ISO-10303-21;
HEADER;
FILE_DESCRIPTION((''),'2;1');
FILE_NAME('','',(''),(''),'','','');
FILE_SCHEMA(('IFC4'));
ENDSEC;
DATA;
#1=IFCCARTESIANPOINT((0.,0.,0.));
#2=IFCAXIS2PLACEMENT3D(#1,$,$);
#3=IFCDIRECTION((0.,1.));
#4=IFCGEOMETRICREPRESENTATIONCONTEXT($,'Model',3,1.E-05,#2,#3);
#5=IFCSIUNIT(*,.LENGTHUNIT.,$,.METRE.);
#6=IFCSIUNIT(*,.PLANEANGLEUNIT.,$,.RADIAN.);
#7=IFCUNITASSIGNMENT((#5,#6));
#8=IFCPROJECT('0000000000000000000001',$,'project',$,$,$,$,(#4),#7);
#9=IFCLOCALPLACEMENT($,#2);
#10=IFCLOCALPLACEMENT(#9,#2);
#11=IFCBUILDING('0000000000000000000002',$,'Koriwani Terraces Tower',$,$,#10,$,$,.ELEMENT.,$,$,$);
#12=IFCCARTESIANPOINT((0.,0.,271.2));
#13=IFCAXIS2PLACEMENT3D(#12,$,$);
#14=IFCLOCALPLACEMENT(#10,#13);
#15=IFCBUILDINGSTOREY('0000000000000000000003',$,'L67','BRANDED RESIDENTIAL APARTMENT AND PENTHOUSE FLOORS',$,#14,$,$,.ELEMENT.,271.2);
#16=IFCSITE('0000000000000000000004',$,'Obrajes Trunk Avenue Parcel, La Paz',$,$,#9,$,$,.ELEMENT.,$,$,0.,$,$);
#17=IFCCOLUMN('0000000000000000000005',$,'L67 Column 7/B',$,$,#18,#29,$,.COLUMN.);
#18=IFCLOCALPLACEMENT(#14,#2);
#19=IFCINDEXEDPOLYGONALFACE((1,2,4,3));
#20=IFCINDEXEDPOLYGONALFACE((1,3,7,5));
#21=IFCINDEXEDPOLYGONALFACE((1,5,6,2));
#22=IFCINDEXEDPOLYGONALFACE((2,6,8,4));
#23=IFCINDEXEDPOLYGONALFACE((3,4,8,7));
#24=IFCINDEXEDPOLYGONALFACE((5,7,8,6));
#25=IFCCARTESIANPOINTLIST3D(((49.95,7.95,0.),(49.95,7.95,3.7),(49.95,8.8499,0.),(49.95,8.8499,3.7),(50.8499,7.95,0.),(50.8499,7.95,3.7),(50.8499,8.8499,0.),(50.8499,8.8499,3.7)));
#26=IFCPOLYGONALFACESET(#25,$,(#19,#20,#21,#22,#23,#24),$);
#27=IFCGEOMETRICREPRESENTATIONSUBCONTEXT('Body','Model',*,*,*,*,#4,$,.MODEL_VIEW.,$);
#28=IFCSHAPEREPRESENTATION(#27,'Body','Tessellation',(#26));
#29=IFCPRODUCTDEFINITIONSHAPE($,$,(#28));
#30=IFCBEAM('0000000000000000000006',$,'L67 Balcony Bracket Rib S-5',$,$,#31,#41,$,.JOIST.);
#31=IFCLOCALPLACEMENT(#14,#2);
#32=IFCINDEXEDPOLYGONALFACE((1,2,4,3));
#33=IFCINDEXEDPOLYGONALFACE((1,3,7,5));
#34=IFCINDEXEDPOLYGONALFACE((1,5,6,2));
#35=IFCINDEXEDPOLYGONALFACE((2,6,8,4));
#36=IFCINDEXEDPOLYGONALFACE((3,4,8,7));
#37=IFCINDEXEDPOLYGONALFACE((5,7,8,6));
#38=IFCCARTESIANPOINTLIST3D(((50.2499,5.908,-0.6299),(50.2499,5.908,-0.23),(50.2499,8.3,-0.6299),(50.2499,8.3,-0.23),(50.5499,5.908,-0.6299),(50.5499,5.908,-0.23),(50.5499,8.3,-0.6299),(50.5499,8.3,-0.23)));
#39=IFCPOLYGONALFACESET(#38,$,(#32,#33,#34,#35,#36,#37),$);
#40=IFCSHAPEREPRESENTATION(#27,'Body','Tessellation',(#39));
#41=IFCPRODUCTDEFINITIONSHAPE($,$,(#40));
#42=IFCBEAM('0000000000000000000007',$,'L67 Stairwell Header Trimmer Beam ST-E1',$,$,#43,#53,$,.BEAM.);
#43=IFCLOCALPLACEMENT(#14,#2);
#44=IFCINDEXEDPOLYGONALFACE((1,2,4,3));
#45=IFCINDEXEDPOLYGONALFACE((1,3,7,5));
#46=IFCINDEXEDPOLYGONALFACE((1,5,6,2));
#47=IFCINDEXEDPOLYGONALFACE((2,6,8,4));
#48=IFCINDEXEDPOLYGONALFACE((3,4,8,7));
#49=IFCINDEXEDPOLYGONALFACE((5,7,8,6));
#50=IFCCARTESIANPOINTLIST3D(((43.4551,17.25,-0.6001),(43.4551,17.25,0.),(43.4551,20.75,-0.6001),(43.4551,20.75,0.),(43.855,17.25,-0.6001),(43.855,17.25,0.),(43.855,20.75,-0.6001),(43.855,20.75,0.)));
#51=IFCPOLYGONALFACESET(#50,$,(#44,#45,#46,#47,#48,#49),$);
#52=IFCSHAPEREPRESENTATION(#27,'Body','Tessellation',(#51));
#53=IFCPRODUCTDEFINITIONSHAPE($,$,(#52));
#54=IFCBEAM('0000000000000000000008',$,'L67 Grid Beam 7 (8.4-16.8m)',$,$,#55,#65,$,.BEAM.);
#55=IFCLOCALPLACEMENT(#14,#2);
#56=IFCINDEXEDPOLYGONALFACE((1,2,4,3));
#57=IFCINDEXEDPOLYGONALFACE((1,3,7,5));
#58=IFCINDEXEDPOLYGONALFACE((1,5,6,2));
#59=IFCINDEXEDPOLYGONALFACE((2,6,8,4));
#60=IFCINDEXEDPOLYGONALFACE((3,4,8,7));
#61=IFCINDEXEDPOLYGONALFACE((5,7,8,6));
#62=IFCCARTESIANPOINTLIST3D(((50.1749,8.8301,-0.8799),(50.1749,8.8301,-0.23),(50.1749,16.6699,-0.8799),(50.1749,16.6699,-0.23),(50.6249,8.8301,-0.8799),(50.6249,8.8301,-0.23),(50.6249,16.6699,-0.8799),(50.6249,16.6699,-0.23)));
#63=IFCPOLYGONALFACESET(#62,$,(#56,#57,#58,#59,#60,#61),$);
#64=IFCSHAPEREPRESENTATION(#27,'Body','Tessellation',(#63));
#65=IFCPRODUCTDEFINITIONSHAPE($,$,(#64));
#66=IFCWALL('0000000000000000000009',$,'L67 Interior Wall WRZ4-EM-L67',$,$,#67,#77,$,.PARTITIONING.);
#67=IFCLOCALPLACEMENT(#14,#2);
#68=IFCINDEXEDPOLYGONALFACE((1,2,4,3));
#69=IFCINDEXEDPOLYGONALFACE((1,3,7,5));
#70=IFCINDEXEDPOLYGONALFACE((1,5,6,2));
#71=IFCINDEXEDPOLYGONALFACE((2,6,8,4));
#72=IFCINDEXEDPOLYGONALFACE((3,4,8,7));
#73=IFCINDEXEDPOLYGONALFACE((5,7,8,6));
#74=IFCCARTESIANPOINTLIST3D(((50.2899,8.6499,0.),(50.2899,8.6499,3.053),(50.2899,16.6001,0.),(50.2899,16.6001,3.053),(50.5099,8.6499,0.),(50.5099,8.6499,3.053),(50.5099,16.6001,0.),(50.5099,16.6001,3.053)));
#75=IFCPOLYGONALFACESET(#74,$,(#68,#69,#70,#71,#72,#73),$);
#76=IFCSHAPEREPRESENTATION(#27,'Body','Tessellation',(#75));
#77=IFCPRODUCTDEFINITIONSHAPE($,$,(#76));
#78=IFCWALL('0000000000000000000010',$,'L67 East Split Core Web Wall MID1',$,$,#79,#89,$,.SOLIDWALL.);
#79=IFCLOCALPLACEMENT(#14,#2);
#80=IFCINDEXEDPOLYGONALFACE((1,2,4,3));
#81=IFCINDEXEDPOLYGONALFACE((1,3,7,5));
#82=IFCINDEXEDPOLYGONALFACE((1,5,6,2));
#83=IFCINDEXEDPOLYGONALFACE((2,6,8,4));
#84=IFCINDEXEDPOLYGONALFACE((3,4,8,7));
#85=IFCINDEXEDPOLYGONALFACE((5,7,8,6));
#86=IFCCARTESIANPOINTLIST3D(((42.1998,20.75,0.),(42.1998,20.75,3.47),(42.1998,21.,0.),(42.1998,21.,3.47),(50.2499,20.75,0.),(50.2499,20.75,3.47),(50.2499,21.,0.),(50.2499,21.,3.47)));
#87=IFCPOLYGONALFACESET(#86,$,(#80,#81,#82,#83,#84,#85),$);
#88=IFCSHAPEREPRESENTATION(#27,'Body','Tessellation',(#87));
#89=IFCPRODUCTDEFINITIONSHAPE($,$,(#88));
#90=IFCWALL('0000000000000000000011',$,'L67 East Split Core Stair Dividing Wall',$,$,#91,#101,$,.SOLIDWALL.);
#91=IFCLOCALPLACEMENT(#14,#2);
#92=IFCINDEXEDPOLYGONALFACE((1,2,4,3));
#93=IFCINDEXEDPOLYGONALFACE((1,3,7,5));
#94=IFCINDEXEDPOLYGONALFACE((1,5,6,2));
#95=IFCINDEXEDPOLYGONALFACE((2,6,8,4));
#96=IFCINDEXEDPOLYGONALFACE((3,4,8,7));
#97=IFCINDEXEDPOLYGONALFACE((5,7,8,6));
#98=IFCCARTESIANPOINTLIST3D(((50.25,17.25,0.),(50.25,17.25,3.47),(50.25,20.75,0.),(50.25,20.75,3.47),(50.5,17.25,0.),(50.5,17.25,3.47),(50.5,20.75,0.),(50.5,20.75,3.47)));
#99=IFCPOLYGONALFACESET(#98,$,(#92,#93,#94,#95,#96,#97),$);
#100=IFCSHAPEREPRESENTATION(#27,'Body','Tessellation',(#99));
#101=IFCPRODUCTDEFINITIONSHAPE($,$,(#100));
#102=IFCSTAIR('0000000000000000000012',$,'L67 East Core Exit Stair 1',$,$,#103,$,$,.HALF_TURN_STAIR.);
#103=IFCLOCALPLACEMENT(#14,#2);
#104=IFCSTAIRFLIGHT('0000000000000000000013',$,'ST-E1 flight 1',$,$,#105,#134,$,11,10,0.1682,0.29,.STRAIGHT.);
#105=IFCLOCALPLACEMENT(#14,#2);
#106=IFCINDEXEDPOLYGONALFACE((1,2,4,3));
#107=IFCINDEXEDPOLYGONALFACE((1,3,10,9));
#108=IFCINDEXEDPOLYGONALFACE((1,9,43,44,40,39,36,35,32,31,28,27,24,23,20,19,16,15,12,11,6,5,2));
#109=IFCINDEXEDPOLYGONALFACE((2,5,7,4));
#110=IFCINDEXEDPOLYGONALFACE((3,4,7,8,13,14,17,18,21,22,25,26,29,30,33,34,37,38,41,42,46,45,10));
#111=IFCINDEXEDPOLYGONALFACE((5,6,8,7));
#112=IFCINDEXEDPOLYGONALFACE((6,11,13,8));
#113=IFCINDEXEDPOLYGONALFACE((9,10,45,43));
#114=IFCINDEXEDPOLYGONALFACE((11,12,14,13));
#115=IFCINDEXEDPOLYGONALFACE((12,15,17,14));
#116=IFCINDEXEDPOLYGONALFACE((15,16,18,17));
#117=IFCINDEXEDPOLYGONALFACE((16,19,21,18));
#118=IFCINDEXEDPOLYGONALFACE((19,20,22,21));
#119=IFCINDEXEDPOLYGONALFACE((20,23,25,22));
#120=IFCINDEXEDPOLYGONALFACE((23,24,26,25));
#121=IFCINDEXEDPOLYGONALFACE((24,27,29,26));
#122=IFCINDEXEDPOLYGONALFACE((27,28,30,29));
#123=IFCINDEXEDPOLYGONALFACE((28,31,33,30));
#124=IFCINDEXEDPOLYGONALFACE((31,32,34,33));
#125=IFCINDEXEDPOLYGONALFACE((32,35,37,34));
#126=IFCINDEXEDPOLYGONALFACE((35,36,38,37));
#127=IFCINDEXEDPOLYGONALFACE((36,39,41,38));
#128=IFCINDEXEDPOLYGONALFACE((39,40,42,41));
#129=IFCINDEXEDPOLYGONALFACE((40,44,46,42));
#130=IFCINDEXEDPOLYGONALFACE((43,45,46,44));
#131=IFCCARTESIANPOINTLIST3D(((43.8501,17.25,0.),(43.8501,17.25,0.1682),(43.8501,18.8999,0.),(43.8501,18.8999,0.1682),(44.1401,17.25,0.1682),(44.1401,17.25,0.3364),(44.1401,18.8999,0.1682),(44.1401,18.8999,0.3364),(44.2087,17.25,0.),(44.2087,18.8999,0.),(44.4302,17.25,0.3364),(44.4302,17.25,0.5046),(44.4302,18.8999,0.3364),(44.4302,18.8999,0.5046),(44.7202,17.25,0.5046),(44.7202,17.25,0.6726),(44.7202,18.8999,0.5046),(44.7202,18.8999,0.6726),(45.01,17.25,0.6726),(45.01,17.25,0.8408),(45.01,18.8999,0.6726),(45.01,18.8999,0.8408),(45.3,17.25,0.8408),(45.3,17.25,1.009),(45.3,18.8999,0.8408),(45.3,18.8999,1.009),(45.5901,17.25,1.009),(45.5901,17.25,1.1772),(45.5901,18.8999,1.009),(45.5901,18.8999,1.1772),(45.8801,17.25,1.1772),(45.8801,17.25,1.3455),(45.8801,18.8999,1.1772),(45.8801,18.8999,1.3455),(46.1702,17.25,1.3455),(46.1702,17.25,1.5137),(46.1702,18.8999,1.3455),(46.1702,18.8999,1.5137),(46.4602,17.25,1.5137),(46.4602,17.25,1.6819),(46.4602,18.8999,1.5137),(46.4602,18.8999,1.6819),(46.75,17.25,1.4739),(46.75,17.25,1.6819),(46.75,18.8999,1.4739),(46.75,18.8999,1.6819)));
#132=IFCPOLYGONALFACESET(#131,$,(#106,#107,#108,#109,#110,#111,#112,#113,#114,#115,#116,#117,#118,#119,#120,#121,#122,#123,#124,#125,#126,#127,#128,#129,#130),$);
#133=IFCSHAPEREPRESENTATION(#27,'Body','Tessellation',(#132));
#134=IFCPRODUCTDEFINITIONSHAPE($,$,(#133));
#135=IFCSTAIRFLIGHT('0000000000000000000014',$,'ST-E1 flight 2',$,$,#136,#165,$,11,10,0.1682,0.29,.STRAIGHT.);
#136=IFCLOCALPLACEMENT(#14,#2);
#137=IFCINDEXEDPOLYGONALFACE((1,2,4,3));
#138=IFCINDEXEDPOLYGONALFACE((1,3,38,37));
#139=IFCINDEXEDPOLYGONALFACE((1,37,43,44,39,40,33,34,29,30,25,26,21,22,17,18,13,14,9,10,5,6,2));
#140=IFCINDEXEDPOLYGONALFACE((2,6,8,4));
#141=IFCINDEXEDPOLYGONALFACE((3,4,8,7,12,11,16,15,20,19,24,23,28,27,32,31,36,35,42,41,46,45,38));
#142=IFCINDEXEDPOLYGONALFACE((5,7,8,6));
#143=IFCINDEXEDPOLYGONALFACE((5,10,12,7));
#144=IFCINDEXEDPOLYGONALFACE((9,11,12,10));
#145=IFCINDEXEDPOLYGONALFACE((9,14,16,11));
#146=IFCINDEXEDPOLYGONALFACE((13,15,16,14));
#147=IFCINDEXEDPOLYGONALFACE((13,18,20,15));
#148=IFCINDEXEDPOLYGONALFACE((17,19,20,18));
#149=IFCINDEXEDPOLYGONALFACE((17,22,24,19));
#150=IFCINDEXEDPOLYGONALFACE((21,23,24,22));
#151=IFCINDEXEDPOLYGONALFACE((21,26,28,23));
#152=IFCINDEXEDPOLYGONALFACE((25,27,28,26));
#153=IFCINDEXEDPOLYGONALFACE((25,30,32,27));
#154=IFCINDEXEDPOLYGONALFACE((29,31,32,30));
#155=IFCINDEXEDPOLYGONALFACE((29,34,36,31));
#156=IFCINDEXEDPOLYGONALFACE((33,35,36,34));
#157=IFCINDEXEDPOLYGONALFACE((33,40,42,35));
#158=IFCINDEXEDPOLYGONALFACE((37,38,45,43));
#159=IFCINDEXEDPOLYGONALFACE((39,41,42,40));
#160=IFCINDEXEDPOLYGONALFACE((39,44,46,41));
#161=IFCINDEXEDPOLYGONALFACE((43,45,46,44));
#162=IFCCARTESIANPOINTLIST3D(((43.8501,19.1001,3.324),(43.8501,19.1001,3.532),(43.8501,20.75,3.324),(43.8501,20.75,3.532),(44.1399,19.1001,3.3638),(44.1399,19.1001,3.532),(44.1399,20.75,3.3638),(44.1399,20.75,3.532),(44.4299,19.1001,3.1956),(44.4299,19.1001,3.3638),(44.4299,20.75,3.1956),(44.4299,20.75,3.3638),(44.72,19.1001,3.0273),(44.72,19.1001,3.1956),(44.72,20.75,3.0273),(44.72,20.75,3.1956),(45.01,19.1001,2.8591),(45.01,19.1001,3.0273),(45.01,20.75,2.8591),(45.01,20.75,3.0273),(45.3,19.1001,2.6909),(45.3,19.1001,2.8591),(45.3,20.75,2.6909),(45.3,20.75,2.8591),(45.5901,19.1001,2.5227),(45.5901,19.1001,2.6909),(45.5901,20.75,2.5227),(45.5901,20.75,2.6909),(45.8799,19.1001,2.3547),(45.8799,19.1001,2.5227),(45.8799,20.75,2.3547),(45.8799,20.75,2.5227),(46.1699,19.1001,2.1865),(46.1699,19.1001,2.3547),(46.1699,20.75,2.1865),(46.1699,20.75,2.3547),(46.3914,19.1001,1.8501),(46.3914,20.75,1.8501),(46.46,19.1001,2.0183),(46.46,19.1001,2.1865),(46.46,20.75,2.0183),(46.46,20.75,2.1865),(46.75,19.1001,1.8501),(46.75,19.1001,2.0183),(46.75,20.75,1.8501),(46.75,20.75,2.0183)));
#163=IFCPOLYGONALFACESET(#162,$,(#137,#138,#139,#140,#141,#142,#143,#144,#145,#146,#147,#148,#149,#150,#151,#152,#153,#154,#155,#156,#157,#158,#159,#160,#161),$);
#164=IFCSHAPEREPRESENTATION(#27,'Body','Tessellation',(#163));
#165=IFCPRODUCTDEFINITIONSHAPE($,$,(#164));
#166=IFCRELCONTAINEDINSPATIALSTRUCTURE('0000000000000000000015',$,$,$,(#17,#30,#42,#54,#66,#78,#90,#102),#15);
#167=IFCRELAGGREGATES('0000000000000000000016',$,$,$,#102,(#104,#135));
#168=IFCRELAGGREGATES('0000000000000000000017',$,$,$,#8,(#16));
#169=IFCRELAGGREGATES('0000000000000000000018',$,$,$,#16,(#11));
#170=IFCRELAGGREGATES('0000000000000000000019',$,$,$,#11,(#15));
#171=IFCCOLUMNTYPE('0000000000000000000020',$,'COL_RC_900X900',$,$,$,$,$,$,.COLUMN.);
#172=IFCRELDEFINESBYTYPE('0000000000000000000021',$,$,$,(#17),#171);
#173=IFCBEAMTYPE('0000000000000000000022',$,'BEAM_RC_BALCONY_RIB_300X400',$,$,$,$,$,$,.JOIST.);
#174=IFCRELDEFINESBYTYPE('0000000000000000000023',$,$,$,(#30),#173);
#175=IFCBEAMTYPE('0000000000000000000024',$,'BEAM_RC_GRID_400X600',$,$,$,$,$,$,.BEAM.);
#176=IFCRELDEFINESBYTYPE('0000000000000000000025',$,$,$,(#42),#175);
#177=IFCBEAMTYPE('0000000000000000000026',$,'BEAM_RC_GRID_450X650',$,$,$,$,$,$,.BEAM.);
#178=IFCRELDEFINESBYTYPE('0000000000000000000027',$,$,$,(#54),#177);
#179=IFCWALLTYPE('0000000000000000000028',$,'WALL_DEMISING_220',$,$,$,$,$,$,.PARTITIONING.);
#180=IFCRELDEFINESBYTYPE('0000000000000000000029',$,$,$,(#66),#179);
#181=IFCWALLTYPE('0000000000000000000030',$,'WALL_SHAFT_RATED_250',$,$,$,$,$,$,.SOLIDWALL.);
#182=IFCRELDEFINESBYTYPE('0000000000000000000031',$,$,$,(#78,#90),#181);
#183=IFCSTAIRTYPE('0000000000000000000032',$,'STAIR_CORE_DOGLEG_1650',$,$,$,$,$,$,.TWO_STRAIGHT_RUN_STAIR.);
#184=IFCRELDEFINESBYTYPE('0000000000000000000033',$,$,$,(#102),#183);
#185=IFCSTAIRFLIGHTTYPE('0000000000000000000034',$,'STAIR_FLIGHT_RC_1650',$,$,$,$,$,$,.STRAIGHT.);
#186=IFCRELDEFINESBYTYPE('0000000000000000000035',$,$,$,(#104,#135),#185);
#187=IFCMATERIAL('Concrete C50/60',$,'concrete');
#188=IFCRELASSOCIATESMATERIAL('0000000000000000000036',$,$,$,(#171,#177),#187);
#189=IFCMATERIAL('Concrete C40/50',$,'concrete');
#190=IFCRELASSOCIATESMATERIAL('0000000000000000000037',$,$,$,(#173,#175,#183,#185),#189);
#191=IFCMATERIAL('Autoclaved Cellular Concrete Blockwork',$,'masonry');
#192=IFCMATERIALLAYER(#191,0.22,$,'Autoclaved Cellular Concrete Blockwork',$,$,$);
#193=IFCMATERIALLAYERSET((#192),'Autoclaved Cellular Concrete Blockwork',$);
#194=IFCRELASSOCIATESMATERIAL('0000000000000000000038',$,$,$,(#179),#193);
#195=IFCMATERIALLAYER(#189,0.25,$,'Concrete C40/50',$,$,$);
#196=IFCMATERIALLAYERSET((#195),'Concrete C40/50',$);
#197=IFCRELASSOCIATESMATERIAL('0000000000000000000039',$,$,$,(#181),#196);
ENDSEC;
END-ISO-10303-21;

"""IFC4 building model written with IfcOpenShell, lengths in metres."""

from ifc_helpers import new_model, si_unit, direction, frame, frame_2d, origin, origin_2d, place, context, subcontext, project, spatial, polyline, rectangle, outline, extrude, material, layer, layer_set, material_profile, profile_set, type_object, element, aggregate, save


model = new_model("IFC4")

# Units and contexts
model_context = context("Model", 3, precision=1e-05, world=origin(), true_north=direction((0.0, 1.0)))
body_context = subcontext(model_context, "Body", "Model", "MODEL_VIEW")
ifc_project = project(units=[si_unit("LENGTHUNIT", "METRE"), si_unit("PLANEANGLEUNIT", "RADIAN")], contexts=[model_context])

# Site, building, storey
site_placement = place(None, origin())
site = spatial("IfcSite", under=ifc_project, at=site_placement, Name="Obrajes Trunk Avenue Parcel, La Paz", CompositionType="ELEMENT", RefElevation=0.0)
building_placement = place(site_placement, origin())
building = spatial("IfcBuilding", under=site, at=building_placement, Name="Koriwani Terraces Tower", CompositionType="ELEMENT")
storey_placement = place(building_placement, frame((0.0, 0.0, 271.2)))
storey = spatial("IfcBuildingStorey", under=building, at=storey_placement, Name="L67", Description="BRANDED RESIDENTIAL APARTMENT AND PENTHOUSE FLOORS", CompositionType="ELEMENT", Elevation=271.2)

# Column
ifc_material_1 = material(Name="Concrete C50/60", Category="concrete")
ifc_material_profile_1 = material_profile(ifc_material_1, rectangle(XDim=0.8999, YDim=0.8999, at=origin_2d()), Name="Concrete C50/60", Category="LoadBearing")
ifc_profile_set_1 = profile_set([ifc_material_profile_1], Name="Concrete C50/60")
column_type = type_object("IfcColumnType", Name="COL_RC_900X900", PredefinedType="COLUMN", material=ifc_profile_set_1)
column_placement = place(storey_placement, frame((50.3999, 8.3999, 0.0), z_axis=(0.0, 0.0, 1.0), x_axis=(1.0, 0.0, 0.0)))
element("IfcColumn", 1, at=column_placement, inside=storey, type_object=column_type, Name="L67 Column 7/B", PredefinedType="COLUMN", context=body_context, shape_type="SweptSolid", body=[
    extrude(rectangle(XDim=0.8999, YDim=0.8999, at=origin_2d()), origin(), (0.0, 0.0, 1.0), 3.7),
])

# Beams
ifc_material_2 = material(Name="Concrete C40/50", Category="concrete")
ifc_material_profile_2 = material_profile(ifc_material_2, rectangle(XDim=0.3, YDim=0.3999, at=origin_2d()), Name="Concrete C40/50", Category="LoadBearing")
ifc_profile_set_2 = profile_set([ifc_material_profile_2], Name="Concrete C40/50")
beam_type_1 = type_object("IfcBeamType", Name="BEAM_RC_BALCONY_RIB_300X400", PredefinedType="JOIST", material=ifc_profile_set_2)
beam_1_placement = place(storey_placement, frame((50.3999, 5.908, -0.4299), z_axis=(0.0, 1.0, 0.0), x_axis=(-1.0, 0.0, 0.0)))
element("IfcBeam", 2, at=beam_1_placement, inside=storey, type_object=beam_type_1, Name="L67 Balcony Bracket Rib S-5", PredefinedType="JOIST", context=body_context, shape_type="SweptSolid", body=[
    extrude(rectangle(XDim=0.3, YDim=0.3999, at=origin_2d()), origin(), (0.0, 0.0, 1.0), 2.3921),
])
ifc_material_profile_3 = material_profile(ifc_material_2, rectangle(XDim=0.3999, YDim=0.6001, at=origin_2d()), Name="Concrete C40/50", Category="LoadBearing")
ifc_profile_set_3 = profile_set([ifc_material_profile_3], Name="Concrete C40/50")
beam_type_2 = type_object("IfcBeamType", Name="BEAM_RC_GRID_400X600", PredefinedType="BEAM", material=ifc_profile_set_3)
beam_2_placement = place(storey_placement, frame((43.655, 17.25, -0.3), z_axis=(0.0, 1.0, 0.0), x_axis=(-1.0, 0.0, 0.0)))
element("IfcBeam", 3, at=beam_2_placement, inside=storey, type_object=beam_type_2, Name="L67 Stairwell Header Trimmer Beam ST-E1", PredefinedType="BEAM", context=body_context, shape_type="SweptSolid", body=[
    extrude(rectangle(XDim=0.3999, YDim=0.6001, at=origin_2d()), origin(), (0.0, 0.0, 1.0), 3.5),
])
ifc_material_profile_4 = material_profile(ifc_material_1, rectangle(XDim=0.45, YDim=0.6499, at=origin_2d()), Name="Concrete C50/60", Category="LoadBearing")
ifc_profile_set_4 = profile_set([ifc_material_profile_4], Name="Concrete C50/60")
beam_type_3 = type_object("IfcBeamType", Name="BEAM_RC_GRID_450X650", PredefinedType="BEAM", material=ifc_profile_set_4)
beam_3_placement = place(storey_placement, frame((50.3999, 8.8301, -0.5549), z_axis=(0.0, 1.0, 0.0), x_axis=(-1.0, 0.0, 0.0)))
element("IfcBeam", 4, at=beam_3_placement, inside=storey, type_object=beam_type_3, Name="L67 Grid Beam 7 (8.4-16.8m)", PredefinedType="BEAM", context=body_context, shape_type="SweptSolid", body=[
    extrude(rectangle(XDim=0.45, YDim=0.6499, at=origin_2d()), origin(), (0.0, 0.0, 1.0), 7.8398),
])

# Walls
ifc_material_3 = material(Name="Autoclaved Cellular Concrete Blockwork", Category="masonry")
ifc_layer_1 = layer(ifc_material_3, 0.22, Name="Autoclaved Cellular Concrete Blockwork")
ifc_layer_set_1 = layer_set([ifc_layer_1], Name="Autoclaved Cellular Concrete Blockwork")
wall_type_1 = type_object("IfcWallType", Name="WALL_DEMISING_220", PredefinedType="PARTITIONING", material=ifc_layer_set_1)
wall_1_placement = place(storey_placement, frame((50.3999, 8.6499, 0.0), z_axis=(0.0, 0.0, 1.0), x_axis=(0.0, 1.0, 0.0)))
element("IfcWall", 5, at=wall_1_placement, inside=storey, type_object=wall_type_1, Name="L67 Interior Wall WRZ4-EM-L67", PredefinedType="PARTITIONING", context=body_context, shape_type="SweptSolid", body=[
    extrude(rectangle(XDim=7.9502, YDim=0.22, at=frame_2d((3.9751, 0.0))), origin(), (0.0, 0.0, 1.0), 3.053),
])
ifc_layer_2 = layer(ifc_material_2, 0.25, Name="Concrete C40/50")
ifc_layer_set_2 = layer_set([ifc_layer_2], Name="Concrete C40/50")
wall_type_2 = type_object("IfcWallType", Name="WALL_SHAFT_RATED_250", PredefinedType="SOLIDWALL", material=ifc_layer_set_2)
wall_2_placement = place(storey_placement, frame((42.2, 20.875, 0.0), z_axis=(0.0, 0.0, 1.0), x_axis=(1.0, 0.0, 0.0)))
element("IfcWall", 6, at=wall_2_placement, inside=storey, type_object=wall_type_2, Name="L67 East Split Core Web Wall MID1", PredefinedType="SOLIDWALL", context=body_context, shape_type="SweptSolid", body=[
    extrude(rectangle(XDim=8.05, YDim=0.25, at=frame_2d((4.0249, 0.0))), origin(), (0.0, 0.0, 1.0), 3.47),
])
wall_3_placement = place(storey_placement, frame((50.375, 17.25, 0.0), z_axis=(0.0, 0.0, 1.0), x_axis=(0.0, 1.0, 0.0)))
element("IfcWall", 7, at=wall_3_placement, inside=storey, type_object=wall_type_2, Name="L67 East Split Core Stair Dividing Wall", PredefinedType="SOLIDWALL", context=body_context, shape_type="SweptSolid", body=[
    extrude(rectangle(XDim=3.5, YDim=0.25, at=frame_2d((1.75, 0.0))), origin(), (0.0, 0.0, 1.0), 3.47),
])

# Stair, stair flights
stair_type = type_object("IfcStairType", Name="STAIR_CORE_DOGLEG_1650", PredefinedType="TWO_STRAIGHT_RUN_STAIR", material=ifc_material_2)
stair_placement = place(storey_placement, origin())
stair = element("IfcStair", 8, at=stair_placement, inside=storey, type_object=stair_type, Name="L67 East Core Exit Stair 1", PredefinedType="HALF_TURN_STAIR")
stair_flight_type = type_object("IfcStairFlightType", Name="STAIR_FLIGHT_RC_1650", PredefinedType="STRAIGHT", material=ifc_material_2)
stair_flight_1_placement = place(storey_placement, frame((43.8501, 18.075, 0.0), z_axis=(0.0, 0.0, 1.0), x_axis=(1.0, 0.0, 0.0)))
stair_flight_1 = element("IfcStairFlight", 9, at=stair_flight_1_placement, type_object=stair_flight_type, Name="ST-E1 flight 1", NumberOfRisers=11, NumberOfTreads=10, PredefinedType="STRAIGHT", RiserHeight=0.1682, TreadLength=0.29, context=body_context, shape_type="SweptSolid", body=[
    extrude(outline(polyline([(0.0, 0.0), (0.0, 0.1682), (0.29, 0.1682), (0.29, 0.3364), (0.5801, 0.3364), (0.5801, 0.5046), (0.8701, 0.5046), (0.8701, 0.6726), (1.1599, 0.6726), (1.1599, 0.8408), (1.45, 0.8408), (1.45, 1.009), (1.74, 1.009), (1.74, 1.1772), (2.03, 1.1772), (2.03, 1.3455), (2.3201, 1.3455), (2.3201, 1.5137), (2.6101, 1.5137), (2.6101, 1.6819), (2.8999, 1.6819), (2.8999, 1.8501), (2.8999, 1.4739), (0.3586, 0.0), (0.0, 0.0)])), frame((0.0, 0.825, 0.0), z_axis=(0.0, -1.0, 0.0), x_axis=(1.0, 0.0, 0.0)), (0.0, 0.0, 1.0), 1.6499),
])
stair_flight_2_placement = place(storey_placement, frame((46.75, 19.925, 1.8501), z_axis=(0.0, 0.0, 1.0), x_axis=(-1.0, 0.0, 0.0)))
stair_flight_2 = element("IfcStairFlight", 10, at=stair_flight_2_placement, type_object=stair_flight_type, Name="ST-E1 flight 2", NumberOfRisers=11, NumberOfTreads=10, PredefinedType="STRAIGHT", RiserHeight=0.1682, TreadLength=0.29, context=body_context, shape_type="SweptSolid", body=[
    extrude(outline(polyline([(0.0, 0.0), (0.0, 0.1682), (0.29, 0.1682), (0.29, 0.3364), (0.5801, 0.3364), (0.5801, 0.5046), (0.8701, 0.5046), (0.8701, 0.6726), (1.1599, 0.6726), (1.1599, 0.8408), (1.45, 0.8408), (1.45, 1.009), (1.74, 1.009), (1.74, 1.1772), (2.03, 1.1772), (2.03, 1.3455), (2.3201, 1.3455), (2.3201, 1.5137), (2.6101, 1.5137), (2.6101, 1.6819), (2.8999, 1.6819), (2.8999, 1.8501), (2.8999, 1.4739), (0.3586, 0.0), (0.0, 0.0)])), frame((0.0, 0.825, 0.0), z_axis=(0.0, -1.0, 0.0), x_axis=(1.0, 0.0, 0.0)), (0.0, 0.0, 1.0), 1.6499),
])
aggregate(stair, [stair_flight_1, stair_flight_2])

save(model, "model.ifc")
